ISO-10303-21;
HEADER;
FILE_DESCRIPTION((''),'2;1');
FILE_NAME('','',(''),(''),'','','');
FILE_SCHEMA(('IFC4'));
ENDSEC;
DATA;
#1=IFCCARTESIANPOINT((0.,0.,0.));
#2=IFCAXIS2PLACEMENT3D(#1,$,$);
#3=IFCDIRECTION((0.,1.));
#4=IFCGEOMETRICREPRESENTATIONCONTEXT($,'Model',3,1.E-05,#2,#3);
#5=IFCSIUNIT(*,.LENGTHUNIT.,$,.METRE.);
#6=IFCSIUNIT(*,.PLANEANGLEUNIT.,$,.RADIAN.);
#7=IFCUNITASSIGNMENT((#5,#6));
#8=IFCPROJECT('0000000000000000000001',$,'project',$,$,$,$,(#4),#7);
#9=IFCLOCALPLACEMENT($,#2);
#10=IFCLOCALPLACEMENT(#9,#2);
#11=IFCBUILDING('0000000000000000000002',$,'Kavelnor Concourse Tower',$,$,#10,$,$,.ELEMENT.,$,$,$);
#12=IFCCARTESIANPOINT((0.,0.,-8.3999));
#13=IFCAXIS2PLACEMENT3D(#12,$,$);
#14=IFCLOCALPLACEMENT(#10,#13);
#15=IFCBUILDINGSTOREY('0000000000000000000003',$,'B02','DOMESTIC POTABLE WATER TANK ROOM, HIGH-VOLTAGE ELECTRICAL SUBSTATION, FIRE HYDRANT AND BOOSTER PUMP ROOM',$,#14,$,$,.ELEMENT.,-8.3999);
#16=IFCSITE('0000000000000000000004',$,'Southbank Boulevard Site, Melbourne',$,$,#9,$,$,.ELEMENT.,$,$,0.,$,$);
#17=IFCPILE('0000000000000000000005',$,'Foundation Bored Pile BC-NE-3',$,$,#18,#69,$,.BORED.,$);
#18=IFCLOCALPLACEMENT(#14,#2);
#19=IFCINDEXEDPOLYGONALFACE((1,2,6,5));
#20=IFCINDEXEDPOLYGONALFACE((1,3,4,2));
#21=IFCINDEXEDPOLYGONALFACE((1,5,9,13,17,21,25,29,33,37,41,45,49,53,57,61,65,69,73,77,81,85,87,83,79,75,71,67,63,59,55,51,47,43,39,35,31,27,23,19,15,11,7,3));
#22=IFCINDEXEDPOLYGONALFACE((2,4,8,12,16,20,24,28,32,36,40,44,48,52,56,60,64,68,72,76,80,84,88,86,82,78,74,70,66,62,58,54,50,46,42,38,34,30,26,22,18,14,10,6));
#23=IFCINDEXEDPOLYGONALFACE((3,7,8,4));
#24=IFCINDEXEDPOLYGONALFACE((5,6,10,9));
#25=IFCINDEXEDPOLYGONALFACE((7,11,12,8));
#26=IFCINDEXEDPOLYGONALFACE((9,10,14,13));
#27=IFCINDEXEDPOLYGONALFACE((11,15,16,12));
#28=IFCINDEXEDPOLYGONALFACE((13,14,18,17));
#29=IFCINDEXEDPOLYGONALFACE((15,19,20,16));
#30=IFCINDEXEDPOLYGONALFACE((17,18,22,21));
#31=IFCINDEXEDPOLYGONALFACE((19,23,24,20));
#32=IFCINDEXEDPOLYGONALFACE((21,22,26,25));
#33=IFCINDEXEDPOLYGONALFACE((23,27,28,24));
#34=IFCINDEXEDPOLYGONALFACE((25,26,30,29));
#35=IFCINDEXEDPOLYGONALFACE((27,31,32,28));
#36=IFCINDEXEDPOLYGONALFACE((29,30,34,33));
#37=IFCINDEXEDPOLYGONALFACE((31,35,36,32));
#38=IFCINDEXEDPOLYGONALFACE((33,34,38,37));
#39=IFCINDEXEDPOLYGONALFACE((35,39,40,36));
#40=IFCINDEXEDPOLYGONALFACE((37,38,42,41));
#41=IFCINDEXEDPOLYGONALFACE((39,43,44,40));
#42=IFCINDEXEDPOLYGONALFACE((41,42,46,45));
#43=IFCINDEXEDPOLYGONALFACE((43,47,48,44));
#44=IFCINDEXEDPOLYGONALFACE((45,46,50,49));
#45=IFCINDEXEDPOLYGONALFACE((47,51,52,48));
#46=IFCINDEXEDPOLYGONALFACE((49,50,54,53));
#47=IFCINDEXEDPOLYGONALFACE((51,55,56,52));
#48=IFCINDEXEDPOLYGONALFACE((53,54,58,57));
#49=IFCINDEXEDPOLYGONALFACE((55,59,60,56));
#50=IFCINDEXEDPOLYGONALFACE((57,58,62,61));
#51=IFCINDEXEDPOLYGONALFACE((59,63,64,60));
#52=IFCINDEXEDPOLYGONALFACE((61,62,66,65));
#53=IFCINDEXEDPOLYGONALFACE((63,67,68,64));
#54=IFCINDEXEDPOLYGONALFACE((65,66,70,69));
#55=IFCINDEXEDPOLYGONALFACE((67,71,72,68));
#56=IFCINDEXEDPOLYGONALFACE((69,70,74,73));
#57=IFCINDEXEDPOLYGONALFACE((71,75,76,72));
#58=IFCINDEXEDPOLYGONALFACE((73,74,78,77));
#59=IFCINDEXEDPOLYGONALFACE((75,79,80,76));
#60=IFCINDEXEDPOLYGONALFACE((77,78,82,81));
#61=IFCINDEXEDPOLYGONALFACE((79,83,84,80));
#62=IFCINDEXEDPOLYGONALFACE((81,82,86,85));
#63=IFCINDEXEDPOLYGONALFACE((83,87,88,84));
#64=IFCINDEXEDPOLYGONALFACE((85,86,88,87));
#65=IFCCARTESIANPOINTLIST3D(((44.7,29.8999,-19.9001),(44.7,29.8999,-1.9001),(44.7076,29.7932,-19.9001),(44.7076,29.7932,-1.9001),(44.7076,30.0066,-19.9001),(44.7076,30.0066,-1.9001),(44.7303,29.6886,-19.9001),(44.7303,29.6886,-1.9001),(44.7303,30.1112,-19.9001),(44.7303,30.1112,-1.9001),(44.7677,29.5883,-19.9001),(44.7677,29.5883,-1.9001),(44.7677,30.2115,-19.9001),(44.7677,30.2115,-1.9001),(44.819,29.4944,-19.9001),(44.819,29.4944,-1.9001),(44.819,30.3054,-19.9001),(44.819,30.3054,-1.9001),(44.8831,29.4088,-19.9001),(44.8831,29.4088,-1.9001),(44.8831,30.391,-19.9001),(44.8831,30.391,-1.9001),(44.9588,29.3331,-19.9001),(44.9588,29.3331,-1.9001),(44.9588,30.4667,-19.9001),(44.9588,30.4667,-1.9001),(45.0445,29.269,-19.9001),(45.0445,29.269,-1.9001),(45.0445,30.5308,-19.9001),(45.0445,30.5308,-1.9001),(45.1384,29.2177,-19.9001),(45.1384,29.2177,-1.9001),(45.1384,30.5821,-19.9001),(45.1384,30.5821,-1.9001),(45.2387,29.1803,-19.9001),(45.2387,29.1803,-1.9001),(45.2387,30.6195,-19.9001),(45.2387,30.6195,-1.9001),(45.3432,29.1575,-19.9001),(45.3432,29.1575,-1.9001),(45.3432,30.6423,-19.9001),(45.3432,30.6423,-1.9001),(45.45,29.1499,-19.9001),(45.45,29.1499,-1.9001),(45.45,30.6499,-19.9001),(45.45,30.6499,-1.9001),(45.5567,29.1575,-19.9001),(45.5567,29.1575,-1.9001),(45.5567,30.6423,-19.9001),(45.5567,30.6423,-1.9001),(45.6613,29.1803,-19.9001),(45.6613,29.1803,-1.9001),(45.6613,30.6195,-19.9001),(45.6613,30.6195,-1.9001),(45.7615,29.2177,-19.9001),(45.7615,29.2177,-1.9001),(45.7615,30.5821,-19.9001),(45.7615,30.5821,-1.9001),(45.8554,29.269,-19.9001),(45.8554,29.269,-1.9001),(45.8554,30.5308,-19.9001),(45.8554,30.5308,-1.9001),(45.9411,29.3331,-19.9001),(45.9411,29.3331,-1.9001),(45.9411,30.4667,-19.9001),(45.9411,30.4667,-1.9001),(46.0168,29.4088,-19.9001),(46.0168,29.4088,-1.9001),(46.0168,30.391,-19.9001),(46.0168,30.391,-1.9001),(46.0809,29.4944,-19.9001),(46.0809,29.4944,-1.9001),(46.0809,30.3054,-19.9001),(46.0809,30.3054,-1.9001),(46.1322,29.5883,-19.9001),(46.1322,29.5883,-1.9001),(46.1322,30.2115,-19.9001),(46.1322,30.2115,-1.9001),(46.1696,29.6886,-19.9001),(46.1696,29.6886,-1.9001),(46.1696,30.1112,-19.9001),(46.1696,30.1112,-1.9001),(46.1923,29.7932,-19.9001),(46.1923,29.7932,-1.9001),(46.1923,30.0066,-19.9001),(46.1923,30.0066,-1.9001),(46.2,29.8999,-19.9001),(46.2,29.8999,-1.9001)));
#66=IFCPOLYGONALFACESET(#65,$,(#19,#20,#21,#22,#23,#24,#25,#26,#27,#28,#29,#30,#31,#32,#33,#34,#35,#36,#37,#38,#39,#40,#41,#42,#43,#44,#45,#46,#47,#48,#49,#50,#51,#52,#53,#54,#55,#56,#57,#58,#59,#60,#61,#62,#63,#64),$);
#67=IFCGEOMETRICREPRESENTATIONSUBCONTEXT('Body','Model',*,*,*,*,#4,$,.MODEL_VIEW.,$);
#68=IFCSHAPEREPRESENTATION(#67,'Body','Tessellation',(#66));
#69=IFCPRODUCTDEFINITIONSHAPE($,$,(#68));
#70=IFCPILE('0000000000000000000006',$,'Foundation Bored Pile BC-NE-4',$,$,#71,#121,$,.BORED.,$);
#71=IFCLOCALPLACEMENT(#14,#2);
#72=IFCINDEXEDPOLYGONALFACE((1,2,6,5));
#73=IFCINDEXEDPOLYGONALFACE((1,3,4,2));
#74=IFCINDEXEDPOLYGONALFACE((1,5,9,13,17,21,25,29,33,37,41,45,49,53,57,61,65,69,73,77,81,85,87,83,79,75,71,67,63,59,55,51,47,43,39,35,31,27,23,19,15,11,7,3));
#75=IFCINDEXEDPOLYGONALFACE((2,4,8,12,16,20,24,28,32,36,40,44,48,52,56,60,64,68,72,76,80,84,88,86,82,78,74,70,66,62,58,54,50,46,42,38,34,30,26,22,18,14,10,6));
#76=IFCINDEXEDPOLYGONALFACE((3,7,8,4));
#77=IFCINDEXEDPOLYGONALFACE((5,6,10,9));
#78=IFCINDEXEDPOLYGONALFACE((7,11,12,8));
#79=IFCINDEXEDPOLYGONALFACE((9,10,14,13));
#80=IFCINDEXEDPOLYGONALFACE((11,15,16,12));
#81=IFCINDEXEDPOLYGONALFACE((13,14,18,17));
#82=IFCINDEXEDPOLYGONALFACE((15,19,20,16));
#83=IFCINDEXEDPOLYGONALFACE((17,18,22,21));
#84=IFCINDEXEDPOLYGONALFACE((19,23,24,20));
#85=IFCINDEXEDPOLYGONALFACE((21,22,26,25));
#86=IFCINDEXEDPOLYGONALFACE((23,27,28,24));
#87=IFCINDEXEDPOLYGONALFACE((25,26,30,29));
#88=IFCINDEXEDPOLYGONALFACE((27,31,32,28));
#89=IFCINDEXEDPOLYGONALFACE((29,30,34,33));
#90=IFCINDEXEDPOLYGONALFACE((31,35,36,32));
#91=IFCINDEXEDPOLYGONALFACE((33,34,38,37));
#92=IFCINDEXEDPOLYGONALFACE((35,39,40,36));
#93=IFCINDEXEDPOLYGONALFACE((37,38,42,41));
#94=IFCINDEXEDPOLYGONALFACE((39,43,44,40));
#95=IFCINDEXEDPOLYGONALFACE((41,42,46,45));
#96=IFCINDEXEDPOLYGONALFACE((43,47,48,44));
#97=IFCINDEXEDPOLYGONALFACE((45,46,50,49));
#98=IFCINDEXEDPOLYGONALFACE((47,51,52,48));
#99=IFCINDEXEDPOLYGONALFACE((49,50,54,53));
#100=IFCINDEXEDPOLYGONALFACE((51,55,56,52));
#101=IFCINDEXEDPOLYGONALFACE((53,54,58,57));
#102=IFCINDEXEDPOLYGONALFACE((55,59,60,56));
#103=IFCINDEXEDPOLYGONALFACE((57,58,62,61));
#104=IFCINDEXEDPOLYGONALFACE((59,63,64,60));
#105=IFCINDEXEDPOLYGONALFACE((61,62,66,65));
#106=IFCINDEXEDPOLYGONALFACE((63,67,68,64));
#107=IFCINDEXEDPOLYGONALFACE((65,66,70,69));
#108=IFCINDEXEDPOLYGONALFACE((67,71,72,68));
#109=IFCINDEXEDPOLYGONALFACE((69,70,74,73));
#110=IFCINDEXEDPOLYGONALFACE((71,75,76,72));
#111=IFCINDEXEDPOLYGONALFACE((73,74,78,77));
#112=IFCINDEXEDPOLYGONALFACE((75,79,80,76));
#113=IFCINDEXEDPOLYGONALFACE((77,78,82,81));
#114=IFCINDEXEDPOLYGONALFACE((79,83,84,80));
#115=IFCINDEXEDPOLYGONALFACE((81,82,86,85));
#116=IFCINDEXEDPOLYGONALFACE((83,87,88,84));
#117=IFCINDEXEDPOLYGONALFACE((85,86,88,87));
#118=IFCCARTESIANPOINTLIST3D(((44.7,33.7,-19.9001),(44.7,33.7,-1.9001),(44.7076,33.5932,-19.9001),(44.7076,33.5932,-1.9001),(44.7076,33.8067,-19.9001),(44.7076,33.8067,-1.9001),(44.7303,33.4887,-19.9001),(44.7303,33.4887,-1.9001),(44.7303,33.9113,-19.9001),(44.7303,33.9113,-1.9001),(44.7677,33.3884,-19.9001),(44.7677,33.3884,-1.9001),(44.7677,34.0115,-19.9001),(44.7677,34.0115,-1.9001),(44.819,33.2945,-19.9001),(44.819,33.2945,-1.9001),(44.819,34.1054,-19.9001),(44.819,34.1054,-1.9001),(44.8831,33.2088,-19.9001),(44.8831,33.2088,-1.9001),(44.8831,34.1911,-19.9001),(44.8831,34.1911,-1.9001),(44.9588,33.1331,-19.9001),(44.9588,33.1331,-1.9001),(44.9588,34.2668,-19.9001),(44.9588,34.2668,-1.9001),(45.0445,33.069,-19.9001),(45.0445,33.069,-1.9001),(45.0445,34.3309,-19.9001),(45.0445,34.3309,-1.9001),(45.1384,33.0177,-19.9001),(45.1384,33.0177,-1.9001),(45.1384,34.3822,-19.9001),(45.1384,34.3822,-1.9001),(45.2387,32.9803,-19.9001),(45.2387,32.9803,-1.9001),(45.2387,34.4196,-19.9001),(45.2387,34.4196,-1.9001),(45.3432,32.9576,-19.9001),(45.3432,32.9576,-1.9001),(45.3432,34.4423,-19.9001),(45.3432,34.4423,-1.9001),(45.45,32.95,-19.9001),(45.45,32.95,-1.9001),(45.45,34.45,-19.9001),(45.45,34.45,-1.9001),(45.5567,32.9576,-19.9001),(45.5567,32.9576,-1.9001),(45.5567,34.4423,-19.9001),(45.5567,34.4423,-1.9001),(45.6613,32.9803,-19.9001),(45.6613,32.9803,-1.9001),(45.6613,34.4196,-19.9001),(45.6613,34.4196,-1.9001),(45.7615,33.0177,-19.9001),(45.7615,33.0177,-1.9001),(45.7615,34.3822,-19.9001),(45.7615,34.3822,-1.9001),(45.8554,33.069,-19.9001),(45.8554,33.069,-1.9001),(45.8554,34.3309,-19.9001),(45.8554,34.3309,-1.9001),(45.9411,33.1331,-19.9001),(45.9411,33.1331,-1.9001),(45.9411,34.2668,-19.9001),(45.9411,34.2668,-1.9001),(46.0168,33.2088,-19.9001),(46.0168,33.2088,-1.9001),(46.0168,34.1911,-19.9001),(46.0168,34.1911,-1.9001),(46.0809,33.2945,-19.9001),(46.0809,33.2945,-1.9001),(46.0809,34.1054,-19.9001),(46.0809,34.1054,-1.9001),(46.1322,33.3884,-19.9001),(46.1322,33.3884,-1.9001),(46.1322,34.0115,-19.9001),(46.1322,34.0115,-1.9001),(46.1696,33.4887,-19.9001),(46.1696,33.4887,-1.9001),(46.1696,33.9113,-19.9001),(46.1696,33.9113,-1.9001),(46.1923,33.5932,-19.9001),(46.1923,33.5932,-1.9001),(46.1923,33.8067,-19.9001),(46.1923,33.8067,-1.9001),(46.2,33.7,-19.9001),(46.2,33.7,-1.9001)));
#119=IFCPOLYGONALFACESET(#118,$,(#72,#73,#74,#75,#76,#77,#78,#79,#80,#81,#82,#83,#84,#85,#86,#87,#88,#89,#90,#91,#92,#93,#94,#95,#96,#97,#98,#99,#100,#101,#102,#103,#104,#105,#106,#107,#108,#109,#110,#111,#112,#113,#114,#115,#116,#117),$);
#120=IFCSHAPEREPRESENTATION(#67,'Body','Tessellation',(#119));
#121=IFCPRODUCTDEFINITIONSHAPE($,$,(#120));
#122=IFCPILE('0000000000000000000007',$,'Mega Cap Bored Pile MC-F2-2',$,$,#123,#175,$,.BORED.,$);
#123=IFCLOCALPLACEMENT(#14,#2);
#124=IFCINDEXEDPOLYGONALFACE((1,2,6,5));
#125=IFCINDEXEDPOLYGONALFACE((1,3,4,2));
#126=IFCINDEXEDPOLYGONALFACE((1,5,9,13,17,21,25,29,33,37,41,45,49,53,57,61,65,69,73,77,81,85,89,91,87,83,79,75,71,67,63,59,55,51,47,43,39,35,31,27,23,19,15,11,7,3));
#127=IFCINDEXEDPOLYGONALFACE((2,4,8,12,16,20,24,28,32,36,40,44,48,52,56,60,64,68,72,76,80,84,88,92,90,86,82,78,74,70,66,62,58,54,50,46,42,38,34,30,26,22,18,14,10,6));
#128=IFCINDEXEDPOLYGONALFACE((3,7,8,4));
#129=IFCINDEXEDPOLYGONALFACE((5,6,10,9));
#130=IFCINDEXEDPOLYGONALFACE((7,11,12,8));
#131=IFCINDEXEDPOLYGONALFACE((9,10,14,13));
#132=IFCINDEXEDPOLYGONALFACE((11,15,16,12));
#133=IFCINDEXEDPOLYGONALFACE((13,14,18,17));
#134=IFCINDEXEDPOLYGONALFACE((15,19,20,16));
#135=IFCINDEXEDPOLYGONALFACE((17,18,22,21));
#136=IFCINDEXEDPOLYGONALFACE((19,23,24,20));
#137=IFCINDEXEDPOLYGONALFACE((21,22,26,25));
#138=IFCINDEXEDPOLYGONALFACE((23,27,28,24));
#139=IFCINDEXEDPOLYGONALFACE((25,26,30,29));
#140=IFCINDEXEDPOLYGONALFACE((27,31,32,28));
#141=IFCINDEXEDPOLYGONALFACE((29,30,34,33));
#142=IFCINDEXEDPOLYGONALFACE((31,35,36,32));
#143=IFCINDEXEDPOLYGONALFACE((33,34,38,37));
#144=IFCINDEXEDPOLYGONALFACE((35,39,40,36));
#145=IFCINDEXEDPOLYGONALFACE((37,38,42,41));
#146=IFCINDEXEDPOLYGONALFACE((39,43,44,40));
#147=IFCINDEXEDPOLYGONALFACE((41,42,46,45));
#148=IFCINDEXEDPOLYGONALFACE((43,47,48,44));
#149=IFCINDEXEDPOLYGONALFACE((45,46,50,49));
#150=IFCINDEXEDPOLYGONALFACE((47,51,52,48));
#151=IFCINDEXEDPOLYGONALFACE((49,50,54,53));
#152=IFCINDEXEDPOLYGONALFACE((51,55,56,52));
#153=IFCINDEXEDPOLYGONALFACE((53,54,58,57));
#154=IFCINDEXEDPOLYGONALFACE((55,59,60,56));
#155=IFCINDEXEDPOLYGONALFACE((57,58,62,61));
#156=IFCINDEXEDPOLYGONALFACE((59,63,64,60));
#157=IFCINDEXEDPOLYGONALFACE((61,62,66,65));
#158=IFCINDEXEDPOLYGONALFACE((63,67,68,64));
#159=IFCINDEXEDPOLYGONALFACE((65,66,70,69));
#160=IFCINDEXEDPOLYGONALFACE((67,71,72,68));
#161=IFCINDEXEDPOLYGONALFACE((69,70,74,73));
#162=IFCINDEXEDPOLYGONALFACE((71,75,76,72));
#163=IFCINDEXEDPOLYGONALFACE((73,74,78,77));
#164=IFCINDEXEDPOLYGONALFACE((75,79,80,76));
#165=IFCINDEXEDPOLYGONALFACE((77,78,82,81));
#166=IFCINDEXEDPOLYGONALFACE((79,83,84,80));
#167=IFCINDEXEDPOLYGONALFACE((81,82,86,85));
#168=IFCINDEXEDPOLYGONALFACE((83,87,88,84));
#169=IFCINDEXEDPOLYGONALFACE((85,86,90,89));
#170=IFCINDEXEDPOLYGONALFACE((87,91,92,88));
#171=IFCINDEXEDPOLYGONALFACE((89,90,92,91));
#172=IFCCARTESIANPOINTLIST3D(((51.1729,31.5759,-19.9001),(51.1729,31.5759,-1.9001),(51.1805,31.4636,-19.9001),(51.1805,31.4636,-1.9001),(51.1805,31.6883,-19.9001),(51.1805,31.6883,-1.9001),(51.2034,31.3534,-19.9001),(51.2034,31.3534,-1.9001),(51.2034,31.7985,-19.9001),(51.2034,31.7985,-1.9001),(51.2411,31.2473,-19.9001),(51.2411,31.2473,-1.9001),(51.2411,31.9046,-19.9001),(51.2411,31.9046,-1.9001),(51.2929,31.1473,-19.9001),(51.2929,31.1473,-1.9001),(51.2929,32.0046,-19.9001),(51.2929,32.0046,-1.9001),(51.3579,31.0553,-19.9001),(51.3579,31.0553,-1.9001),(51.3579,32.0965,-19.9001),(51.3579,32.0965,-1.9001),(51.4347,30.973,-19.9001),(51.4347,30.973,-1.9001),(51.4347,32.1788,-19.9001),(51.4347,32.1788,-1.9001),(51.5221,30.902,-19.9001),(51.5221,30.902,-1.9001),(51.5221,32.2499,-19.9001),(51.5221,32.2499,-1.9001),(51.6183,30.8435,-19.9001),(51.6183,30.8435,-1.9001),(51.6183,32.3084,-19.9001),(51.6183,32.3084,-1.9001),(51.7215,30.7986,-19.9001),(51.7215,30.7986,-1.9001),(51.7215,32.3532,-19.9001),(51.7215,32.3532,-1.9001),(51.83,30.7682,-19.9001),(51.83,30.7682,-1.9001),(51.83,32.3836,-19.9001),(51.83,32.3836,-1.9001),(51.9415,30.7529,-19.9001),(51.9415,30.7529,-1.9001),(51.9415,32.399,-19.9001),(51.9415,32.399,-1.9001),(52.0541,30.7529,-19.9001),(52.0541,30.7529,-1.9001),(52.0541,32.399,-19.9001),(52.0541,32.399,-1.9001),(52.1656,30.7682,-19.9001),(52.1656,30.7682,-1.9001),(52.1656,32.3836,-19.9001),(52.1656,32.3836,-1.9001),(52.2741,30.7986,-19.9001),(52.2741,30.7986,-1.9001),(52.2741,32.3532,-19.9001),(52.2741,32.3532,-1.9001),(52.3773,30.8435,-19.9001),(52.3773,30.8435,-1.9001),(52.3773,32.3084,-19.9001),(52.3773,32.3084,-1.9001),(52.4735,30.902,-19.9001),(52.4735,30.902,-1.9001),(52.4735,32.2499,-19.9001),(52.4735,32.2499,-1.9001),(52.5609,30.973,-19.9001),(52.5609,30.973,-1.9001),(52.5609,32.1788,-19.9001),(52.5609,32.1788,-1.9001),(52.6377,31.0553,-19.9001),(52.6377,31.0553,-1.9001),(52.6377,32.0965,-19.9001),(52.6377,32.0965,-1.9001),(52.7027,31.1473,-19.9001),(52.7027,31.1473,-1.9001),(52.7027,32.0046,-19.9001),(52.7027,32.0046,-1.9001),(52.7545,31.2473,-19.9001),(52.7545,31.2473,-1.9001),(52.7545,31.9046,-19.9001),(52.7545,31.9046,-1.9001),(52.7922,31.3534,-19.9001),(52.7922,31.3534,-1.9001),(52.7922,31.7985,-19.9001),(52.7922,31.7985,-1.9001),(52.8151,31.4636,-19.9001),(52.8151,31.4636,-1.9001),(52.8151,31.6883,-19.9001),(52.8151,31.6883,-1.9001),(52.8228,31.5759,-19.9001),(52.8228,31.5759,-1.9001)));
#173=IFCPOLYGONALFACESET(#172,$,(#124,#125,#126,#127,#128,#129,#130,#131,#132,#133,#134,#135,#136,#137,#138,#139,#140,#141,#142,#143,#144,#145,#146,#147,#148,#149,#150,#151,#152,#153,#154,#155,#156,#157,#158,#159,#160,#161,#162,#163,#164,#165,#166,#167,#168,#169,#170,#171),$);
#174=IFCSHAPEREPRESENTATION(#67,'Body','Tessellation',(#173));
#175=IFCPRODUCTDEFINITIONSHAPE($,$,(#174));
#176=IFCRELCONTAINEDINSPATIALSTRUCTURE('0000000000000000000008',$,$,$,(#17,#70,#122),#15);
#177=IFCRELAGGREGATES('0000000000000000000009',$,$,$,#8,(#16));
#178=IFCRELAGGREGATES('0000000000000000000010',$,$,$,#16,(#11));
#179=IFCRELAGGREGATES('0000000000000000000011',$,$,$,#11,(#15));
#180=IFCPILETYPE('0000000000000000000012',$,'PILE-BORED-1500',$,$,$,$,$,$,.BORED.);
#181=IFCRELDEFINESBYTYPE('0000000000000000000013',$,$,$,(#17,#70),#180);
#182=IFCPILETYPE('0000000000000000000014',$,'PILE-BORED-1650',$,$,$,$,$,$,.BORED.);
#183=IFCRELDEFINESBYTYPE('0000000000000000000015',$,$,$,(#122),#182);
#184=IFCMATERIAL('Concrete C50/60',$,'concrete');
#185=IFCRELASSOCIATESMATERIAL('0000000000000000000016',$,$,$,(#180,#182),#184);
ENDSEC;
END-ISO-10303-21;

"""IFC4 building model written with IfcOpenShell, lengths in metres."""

from ifc_helpers import new_model, si_unit, direction, frame, origin, origin_2d, place, context, subcontext, project, spatial, circle, extrude, material, material_profile, profile_set, type_object, element, save


model = new_model("IFC4")

# Units and contexts
model_context = context("Model", 3, precision=1e-05, world=origin(), true_north=direction((0.0, 1.0)))
body_context = subcontext(model_context, "Body", "Model", "MODEL_VIEW")
ifc_project = project(units=[si_unit("LENGTHUNIT", "METRE"), si_unit("PLANEANGLEUNIT", "RADIAN")], contexts=[model_context])

# Site, building, storey
site_placement = place(None, origin())
site = spatial("IfcSite", under=ifc_project, at=site_placement, Name="Southbank Boulevard Site, Melbourne", CompositionType="ELEMENT", RefElevation=0.0)
building_placement = place(site_placement, origin())
building = spatial("IfcBuilding", under=site, at=building_placement, Name="Kavelnor Concourse Tower", CompositionType="ELEMENT")
storey_placement = place(building_placement, frame((0.0, 0.0, -8.3999)))
storey = spatial("IfcBuildingStorey", under=building, at=storey_placement, Name="B02", Description="DOMESTIC POTABLE WATER TANK ROOM, HIGH-VOLTAGE ELECTRICAL SUBSTATION, FIRE HYDRANT AND BOOSTER PUMP ROOM", CompositionType="ELEMENT", Elevation=-8.3999)

# Shared definitions
ifc_material_1 = material(Name="Concrete C50/60", Category="concrete")

# Piles
ifc_material_profile_1 = material_profile(ifc_material_1, circle(Radius=0.75, at=origin_2d()), Name="PILE-D1500")
ifc_profile_set_1 = profile_set([ifc_material_profile_1], Name="Concrete C50/60")
pile_type_1 = type_object("IfcPileType", Name="PILE-BORED-1500", PredefinedType="BORED", material=ifc_profile_set_1)
for number, where, z_axis, x_axis, name in (
    (1, (45.45, 29.8999, -1.9001), (0.0, 0.0, -1.0), (1.0, 0.0, 0.0), "Foundation Bored Pile BC-NE-3"),
    (2, (45.45, 33.7, -1.9001), (0.0, 0.0, -1.0), (1.0, 0.0, 0.0), "Foundation Bored Pile BC-NE-4"),
):
    element("IfcPile", number, at=place(storey_placement, frame(where, z_axis=z_axis, x_axis=x_axis)), inside=storey, type_object=pile_type_1, Name=name, PredefinedType="BORED", context=body_context, shape_type="SweptSolid", body=[
        extrude(circle(Radius=0.75, at=origin_2d()), origin(), (0.0, 0.0, 1.0), 18.0),
    ])
ifc_material_profile_2 = material_profile(ifc_material_1, circle(Radius=0.825, at=origin_2d()), Name="PILE-D1650")
ifc_profile_set_2 = profile_set([ifc_material_profile_2], Name="Concrete C50/60")
pile_type_2 = type_object("IfcPileType", Name="PILE-BORED-1650", PredefinedType="BORED", material=ifc_profile_set_2)
for number, where, z_axis, x_axis, name in (
    (3, (51.9978, 31.5759, -1.9001), (0.0, 0.0, -1.0), (1.0, 0.0, 0.0), "Mega Cap Bored Pile MC-F2-2"),
):
    element("IfcPile", number, at=place(storey_placement, frame(where, z_axis=z_axis, x_axis=x_axis)), inside=storey, type_object=pile_type_2, Name=name, PredefinedType="BORED", context=body_context, shape_type="SweptSolid", body=[
        extrude(circle(Radius=0.825, at=origin_2d()), origin(), (0.0, 0.0, 1.0), 18.0),
    ])

save(model, "model.ifc")
